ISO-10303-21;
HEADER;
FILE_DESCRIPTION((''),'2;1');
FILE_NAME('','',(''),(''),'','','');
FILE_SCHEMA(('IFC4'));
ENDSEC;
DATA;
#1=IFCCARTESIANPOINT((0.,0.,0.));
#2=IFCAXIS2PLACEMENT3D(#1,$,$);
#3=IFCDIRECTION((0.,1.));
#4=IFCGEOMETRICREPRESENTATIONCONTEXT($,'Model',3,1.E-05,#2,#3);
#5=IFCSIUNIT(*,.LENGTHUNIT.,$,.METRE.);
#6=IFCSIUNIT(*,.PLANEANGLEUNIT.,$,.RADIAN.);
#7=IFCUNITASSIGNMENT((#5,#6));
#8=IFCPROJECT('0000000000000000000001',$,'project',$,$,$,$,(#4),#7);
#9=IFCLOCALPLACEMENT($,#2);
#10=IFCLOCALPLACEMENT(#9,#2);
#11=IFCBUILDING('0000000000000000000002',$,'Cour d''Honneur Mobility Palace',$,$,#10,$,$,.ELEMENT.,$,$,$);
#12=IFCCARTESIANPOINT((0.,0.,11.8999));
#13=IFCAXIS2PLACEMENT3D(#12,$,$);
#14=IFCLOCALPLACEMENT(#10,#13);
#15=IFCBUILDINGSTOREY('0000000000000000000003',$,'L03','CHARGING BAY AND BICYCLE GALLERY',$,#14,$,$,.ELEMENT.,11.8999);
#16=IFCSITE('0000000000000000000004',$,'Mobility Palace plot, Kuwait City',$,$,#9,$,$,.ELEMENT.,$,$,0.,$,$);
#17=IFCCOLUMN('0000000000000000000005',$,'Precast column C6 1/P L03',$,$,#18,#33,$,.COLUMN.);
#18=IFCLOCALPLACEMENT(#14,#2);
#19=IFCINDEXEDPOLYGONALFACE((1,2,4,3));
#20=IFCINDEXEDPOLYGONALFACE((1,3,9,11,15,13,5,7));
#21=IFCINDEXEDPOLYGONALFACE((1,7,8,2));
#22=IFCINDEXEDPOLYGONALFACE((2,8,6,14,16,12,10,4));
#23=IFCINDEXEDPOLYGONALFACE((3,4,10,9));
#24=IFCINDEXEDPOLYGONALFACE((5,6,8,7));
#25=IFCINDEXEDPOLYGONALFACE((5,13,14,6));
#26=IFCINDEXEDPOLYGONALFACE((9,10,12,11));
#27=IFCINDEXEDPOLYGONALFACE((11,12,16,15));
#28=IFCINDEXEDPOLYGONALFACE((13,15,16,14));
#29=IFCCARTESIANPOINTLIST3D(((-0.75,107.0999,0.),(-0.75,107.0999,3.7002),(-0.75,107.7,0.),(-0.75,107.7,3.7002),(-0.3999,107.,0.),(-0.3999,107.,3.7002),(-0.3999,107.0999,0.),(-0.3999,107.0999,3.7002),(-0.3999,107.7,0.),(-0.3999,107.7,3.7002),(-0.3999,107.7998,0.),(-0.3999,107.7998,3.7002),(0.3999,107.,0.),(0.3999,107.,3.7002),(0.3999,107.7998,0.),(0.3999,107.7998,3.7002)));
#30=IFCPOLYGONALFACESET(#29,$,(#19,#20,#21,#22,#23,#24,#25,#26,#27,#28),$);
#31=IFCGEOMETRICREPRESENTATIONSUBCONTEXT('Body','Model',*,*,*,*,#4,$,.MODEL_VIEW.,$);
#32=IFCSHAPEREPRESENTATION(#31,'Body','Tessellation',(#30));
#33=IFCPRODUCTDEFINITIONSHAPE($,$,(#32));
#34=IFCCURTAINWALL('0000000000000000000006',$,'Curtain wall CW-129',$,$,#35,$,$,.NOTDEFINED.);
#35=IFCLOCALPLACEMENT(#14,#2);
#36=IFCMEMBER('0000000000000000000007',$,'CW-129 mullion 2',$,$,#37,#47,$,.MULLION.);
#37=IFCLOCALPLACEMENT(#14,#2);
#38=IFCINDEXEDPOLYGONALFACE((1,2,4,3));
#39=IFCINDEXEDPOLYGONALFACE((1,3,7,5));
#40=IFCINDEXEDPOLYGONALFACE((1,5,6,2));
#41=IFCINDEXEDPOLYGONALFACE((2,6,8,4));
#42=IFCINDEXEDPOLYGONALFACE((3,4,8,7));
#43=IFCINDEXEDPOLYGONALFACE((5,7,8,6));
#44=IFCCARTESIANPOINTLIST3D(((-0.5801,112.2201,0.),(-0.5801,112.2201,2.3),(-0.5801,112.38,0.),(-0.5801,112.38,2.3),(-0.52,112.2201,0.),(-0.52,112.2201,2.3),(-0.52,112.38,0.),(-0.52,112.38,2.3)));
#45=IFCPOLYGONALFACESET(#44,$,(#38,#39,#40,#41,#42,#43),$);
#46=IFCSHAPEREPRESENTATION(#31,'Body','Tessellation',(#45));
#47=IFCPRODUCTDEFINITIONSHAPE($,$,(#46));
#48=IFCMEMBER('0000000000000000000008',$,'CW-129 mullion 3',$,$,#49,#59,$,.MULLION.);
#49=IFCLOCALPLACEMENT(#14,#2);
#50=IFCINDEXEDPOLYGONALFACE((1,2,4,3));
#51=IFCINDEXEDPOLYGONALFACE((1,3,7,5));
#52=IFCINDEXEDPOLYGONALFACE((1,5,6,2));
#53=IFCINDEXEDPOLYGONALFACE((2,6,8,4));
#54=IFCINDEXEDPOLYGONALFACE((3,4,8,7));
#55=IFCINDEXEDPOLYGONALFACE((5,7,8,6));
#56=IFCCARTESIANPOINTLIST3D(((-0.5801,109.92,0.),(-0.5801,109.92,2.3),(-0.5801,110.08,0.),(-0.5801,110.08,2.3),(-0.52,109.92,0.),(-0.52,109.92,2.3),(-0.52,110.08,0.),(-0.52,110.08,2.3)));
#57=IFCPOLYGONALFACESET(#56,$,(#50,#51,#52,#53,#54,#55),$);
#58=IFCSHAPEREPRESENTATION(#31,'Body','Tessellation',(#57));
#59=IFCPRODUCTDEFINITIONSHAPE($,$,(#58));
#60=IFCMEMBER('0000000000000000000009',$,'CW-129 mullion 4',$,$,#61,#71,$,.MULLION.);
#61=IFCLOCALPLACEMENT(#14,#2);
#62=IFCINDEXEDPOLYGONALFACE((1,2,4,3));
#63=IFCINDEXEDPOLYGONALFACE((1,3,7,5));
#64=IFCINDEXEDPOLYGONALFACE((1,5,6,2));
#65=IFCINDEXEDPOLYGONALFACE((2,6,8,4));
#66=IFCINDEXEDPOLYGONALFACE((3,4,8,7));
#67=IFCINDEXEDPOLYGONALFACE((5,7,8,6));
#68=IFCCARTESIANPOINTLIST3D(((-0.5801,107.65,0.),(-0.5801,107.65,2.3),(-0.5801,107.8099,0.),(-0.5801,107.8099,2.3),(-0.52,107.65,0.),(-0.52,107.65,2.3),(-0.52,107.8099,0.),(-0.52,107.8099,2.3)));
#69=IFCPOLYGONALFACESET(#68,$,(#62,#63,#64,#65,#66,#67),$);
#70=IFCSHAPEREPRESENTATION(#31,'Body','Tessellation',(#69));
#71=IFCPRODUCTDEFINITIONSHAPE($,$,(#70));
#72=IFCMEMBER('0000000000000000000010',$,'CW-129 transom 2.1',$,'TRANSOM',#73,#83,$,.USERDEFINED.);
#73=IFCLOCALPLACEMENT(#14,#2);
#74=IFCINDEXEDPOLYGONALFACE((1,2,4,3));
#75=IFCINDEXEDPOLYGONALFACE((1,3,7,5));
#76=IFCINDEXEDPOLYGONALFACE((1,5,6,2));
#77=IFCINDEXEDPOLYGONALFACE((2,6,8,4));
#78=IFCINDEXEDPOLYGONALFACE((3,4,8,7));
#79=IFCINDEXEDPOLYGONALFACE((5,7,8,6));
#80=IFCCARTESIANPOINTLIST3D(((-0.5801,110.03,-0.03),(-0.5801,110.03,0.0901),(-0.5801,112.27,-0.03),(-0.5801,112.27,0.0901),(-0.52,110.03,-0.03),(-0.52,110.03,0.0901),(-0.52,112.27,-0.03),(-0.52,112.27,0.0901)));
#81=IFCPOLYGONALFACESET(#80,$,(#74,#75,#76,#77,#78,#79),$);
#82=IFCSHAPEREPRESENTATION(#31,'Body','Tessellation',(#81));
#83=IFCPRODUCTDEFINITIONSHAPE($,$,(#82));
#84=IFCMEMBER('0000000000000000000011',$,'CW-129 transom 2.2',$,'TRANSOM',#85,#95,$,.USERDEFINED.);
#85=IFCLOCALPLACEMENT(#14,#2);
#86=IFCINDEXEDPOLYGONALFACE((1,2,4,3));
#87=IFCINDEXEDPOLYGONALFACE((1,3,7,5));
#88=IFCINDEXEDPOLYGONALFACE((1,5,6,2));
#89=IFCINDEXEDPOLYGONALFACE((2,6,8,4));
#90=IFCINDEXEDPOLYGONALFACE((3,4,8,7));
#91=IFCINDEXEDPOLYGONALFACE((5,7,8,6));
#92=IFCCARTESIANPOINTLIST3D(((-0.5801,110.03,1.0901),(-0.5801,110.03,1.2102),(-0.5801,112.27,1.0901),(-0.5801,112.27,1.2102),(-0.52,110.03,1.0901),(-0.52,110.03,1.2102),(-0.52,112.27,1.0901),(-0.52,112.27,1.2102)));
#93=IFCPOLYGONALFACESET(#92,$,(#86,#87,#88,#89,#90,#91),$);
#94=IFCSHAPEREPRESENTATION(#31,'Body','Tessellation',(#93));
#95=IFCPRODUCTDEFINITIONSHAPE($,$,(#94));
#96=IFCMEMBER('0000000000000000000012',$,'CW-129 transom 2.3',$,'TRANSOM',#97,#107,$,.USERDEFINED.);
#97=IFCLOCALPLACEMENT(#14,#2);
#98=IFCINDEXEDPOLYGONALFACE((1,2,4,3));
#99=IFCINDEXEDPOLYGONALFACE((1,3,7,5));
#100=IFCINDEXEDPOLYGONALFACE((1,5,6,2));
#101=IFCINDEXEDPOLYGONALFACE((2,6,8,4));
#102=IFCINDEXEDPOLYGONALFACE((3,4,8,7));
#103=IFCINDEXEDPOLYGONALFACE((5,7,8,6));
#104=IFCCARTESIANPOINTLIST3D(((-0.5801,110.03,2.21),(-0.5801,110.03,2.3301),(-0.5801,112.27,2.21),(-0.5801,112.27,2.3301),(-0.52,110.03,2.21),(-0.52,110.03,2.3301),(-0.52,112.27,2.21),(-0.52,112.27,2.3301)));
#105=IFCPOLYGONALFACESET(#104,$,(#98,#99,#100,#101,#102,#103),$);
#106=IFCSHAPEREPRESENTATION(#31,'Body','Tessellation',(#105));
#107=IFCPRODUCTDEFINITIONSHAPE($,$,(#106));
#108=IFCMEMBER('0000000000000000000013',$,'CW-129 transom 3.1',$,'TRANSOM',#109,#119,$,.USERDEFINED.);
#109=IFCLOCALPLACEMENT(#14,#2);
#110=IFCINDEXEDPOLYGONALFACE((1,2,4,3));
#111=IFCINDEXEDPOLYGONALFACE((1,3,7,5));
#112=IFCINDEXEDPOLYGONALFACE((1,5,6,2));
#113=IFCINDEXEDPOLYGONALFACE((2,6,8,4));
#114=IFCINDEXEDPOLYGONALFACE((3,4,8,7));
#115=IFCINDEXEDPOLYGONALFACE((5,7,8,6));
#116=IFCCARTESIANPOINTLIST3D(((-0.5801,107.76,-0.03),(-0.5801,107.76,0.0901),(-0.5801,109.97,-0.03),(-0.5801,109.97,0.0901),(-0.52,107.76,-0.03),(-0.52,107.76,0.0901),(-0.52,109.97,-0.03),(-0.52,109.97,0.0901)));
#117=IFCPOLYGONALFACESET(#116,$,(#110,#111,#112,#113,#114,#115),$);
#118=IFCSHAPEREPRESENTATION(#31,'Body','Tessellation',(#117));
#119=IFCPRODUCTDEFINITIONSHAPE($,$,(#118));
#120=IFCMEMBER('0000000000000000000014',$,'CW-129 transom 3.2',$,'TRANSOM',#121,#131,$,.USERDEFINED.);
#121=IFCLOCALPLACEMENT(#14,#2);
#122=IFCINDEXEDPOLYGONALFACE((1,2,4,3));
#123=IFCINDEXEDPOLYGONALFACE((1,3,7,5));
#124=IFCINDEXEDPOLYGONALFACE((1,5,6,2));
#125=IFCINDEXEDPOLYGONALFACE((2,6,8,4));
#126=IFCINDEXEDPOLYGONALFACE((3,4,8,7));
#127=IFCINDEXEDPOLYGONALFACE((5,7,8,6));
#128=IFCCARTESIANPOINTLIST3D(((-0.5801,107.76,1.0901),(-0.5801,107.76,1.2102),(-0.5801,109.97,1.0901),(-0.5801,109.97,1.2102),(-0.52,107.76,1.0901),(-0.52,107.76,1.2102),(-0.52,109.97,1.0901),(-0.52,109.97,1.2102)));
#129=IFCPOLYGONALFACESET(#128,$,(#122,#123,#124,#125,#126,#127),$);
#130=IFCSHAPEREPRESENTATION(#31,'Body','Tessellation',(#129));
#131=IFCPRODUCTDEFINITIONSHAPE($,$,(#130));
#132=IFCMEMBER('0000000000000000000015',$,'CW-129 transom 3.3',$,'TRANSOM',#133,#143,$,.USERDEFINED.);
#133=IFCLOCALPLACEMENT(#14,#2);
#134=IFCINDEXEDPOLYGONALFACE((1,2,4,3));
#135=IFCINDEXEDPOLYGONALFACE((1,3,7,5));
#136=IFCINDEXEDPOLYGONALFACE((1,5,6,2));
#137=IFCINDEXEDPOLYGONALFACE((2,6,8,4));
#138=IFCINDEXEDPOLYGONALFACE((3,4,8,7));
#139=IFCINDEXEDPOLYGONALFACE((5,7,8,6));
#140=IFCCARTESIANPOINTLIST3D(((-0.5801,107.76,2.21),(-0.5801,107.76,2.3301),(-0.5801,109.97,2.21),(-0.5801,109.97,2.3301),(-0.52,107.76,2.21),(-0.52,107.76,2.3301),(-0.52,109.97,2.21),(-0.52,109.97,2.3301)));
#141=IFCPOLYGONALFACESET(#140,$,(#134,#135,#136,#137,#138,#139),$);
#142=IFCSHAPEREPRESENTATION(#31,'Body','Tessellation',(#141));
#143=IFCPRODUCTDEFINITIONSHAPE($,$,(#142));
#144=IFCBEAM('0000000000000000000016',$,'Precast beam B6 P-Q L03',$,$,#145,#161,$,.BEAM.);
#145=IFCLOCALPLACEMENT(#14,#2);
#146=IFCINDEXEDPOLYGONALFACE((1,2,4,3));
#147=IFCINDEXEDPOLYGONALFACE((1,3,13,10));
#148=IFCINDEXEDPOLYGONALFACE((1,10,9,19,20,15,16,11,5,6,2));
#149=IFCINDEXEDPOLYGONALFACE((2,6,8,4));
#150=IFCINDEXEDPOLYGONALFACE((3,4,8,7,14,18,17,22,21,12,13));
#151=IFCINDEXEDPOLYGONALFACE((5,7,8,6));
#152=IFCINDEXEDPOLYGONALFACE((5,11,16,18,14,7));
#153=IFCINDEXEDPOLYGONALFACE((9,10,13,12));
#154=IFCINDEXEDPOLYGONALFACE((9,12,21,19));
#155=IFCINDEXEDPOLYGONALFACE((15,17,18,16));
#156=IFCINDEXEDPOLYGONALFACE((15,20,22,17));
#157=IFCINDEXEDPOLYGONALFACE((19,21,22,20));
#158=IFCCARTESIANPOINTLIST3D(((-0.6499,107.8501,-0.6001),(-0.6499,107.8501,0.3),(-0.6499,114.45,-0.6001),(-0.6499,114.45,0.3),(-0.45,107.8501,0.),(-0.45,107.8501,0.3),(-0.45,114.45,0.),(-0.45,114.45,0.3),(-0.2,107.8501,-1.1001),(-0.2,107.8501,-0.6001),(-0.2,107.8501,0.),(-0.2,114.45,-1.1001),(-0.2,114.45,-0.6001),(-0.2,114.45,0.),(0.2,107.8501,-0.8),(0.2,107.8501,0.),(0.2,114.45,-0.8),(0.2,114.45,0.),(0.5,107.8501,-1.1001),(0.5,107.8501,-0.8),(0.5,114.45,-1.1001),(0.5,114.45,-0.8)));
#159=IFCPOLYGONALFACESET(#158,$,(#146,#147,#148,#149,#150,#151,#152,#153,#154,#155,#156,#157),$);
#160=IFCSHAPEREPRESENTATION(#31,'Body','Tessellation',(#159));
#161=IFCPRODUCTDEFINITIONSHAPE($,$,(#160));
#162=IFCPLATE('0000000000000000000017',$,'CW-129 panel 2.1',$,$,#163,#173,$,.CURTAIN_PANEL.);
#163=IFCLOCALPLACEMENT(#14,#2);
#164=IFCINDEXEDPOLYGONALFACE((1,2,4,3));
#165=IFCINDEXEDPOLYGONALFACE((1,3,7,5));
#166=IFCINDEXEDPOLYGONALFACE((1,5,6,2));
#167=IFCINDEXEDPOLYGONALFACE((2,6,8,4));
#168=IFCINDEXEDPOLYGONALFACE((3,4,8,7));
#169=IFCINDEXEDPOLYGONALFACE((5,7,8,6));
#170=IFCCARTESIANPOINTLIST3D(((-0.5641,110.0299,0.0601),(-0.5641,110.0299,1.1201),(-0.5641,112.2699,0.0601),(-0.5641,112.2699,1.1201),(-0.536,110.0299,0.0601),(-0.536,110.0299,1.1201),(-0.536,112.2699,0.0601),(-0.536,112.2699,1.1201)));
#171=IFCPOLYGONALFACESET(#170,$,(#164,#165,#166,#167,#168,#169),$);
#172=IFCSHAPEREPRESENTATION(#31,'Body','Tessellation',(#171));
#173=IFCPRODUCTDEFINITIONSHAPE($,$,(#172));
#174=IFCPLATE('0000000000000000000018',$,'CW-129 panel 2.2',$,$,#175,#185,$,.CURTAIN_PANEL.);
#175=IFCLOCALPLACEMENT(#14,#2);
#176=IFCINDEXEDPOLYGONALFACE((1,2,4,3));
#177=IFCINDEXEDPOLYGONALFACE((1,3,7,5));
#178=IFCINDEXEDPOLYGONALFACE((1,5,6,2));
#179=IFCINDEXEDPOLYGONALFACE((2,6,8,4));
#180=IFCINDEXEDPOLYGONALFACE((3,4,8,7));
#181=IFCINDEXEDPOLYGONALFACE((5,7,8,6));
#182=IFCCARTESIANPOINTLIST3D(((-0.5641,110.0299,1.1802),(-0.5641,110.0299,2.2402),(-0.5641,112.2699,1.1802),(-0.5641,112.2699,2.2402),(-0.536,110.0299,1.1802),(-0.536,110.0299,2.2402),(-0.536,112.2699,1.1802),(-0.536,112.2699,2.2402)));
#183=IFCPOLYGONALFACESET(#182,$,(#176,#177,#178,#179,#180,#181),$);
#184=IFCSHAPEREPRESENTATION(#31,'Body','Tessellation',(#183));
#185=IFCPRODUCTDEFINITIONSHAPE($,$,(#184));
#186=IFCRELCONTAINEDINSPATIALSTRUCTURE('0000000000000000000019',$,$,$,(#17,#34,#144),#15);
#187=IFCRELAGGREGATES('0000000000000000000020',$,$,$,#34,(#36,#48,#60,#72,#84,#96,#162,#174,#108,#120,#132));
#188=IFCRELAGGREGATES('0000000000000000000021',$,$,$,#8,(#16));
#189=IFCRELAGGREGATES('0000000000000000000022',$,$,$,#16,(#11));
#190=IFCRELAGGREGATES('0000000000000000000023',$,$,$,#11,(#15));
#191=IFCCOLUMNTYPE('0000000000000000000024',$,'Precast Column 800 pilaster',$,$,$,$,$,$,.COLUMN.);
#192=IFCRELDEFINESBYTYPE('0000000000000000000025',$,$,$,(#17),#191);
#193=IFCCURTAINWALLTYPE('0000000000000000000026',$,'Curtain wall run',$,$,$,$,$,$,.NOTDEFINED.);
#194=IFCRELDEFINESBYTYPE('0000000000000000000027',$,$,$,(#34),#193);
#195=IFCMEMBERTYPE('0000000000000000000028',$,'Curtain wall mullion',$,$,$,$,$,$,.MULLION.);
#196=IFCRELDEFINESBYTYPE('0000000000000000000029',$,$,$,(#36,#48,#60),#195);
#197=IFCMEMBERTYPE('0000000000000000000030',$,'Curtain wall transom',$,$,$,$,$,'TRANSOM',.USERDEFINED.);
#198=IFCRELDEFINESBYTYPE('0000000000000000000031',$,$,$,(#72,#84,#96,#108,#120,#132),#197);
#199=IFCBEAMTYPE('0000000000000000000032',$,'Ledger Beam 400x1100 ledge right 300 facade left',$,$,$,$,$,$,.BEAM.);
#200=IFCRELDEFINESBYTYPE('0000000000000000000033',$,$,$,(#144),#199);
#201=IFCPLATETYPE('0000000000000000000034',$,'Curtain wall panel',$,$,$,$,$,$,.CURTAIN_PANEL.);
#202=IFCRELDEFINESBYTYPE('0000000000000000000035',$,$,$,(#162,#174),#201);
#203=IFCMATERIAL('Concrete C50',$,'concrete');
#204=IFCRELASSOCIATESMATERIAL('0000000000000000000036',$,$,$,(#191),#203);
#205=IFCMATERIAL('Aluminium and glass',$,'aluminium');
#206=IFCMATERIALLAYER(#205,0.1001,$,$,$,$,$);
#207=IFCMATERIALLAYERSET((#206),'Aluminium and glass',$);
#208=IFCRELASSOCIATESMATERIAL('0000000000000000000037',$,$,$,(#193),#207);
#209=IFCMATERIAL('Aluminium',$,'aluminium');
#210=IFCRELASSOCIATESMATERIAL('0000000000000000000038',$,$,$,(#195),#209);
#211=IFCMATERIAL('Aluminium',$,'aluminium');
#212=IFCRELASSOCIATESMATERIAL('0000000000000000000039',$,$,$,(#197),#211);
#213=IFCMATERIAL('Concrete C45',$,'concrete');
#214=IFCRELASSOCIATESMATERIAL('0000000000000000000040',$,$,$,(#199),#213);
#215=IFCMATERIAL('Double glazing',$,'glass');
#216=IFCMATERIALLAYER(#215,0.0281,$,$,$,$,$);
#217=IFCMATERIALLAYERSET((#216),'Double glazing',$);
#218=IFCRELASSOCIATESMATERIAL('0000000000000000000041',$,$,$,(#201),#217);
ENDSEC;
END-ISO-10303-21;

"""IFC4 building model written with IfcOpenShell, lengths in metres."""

from ifc_helpers import new_model, si_unit, direction, frame, origin, origin_2d, place, context, subcontext, project, spatial, polyline, rectangle, outline, extrude, material, layer, layer_set, material_profile, profile_set, type_object, element, aggregate, save


model = new_model("IFC4")

# Units and contexts
model_context = context("Model", 3, precision=1e-05, world=origin(), true_north=direction((0.0, 1.0)))
body_context = subcontext(model_context, "Body", "Model", "MODEL_VIEW")
ifc_project = project(units=[si_unit("LENGTHUNIT", "METRE"), si_unit("PLANEANGLEUNIT", "RADIAN")], contexts=[model_context])

# Site, building, storey
site_placement = place(None, origin())
site = spatial("IfcSite", under=ifc_project, at=site_placement, Name="Mobility Palace plot, Kuwait City", CompositionType="ELEMENT", RefElevation=0.0)
building_placement = place(site_placement, origin())
building = spatial("IfcBuilding", under=site, at=building_placement, Name="Cour d'Honneur Mobility Palace", CompositionType="ELEMENT")
storey_placement = place(building_placement, frame((0.0, 0.0, 11.8999)))
storey = spatial("IfcBuildingStorey", under=building, at=storey_placement, Name="L03", Description="CHARGING BAY AND BICYCLE GALLERY", CompositionType="ELEMENT", Elevation=11.8999)

# Column
ifc_material_1 = material(Name="Concrete C50", Category="concrete")
ifc_material_profile_1 = material_profile(ifc_material_1, outline(polyline([(-0.3999, -0.3999), (0.3999, -0.3999), (0.3999, -0.3), (0.75, -0.3), (0.75, 0.3), (0.3999, 0.3), (0.3999, 0.3999), (-0.3999, 0.3999), (-0.3999, -0.3999)])), Name="PC C800 pilaster")
ifc_profile_set_1 = profile_set([ifc_material_profile_1], Name="Concrete C50")
column_type = type_object("IfcColumnType", Name="Precast Column 800 pilaster", PredefinedType="COLUMN", material=ifc_profile_set_1)
column_placement = place(storey_placement, frame((0.0, 107.3999, 0.0), z_axis=(0.0, 0.0, 1.0), x_axis=(-1.0, 0.0, 0.0)))
element("IfcColumn", 1, at=column_placement, inside=storey, type_object=column_type, Name="Precast column C6 1/P L03", PredefinedType="COLUMN", context=body_context, shape_type="SweptSolid", body=[
    extrude(outline(polyline([(-0.3999, -0.3999), (0.3999, -0.3999), (0.3999, -0.3), (0.75, -0.3), (0.75, 0.3), (0.3999, 0.3), (0.3999, 0.3999), (-0.3999, 0.3999), (-0.3999, -0.3999)])), origin(), (0.0, 0.0, 1.0), 3.7002),
])

# Curtain wall, members
ifc_material_2 = material(Name="Aluminium and glass", Category="aluminium")
ifc_layer_1 = layer(ifc_material_2, 0.1001)
ifc_layer_set_1 = layer_set([ifc_layer_1], Name="Aluminium and glass")
curtain_wall_type = type_object("IfcCurtainWallType", Name="Curtain wall run", PredefinedType="NOTDEFINED", material=ifc_layer_set_1)
curtain_wall_placement = place(storey_placement, origin())
curtain_wall = element("IfcCurtainWall", 2, at=curtain_wall_placement, inside=storey, type_object=curtain_wall_type, Name="Curtain wall CW-129", PredefinedType="NOTDEFINED")
ifc_material_3 = material(Name="Aluminium", Category="aluminium")
ifc_material_profile_2 = material_profile(ifc_material_3, rectangle(XDim=0.0601, YDim=0.1599, at=origin_2d()), Name="Curtain wall mullion")
ifc_profile_set_2 = profile_set([ifc_material_profile_2], Name="Aluminium")
member_type_1 = type_object("IfcMemberType", Name="Curtain wall mullion", PredefinedType="MULLION", material=ifc_profile_set_2)
member_1_placement = place(storey_placement, frame((-0.55, 112.3, 0.0), z_axis=(0.0, 0.0, 1.0), x_axis=(1.0, 0.0, 0.0)))
member_1 = element("IfcMember", 3, at=member_1_placement, type_object=member_type_1, Name="CW-129 mullion 2", PredefinedType="MULLION", context=body_context, shape_type="SweptSolid", body=[
    extrude(rectangle(XDim=0.0601, YDim=0.1599, at=origin_2d()), origin(), (0.0, 0.0, 1.0), 2.3),
])
member_2_placement = place(storey_placement, frame((-0.55, 110.0, 0.0), z_axis=(0.0, 0.0, 1.0), x_axis=(1.0, 0.0, 0.0)))
member_2 = element("IfcMember", 4, at=member_2_placement, type_object=member_type_1, Name="CW-129 mullion 3", PredefinedType="MULLION", context=body_context, shape_type="SweptSolid", body=[
    extrude(rectangle(XDim=0.0601, YDim=0.1599, at=origin_2d()), origin(), (0.0, 0.0, 1.0), 2.3),
])
member_3_placement = place(storey_placement, frame((-0.55, 107.73, 0.0), z_axis=(0.0, 0.0, 1.0), x_axis=(1.0, 0.0, 0.0)))
member_3 = element("IfcMember", 5, at=member_3_placement, type_object=member_type_1, Name="CW-129 mullion 4", PredefinedType="MULLION", context=body_context, shape_type="SweptSolid", body=[
    extrude(rectangle(XDim=0.0601, YDim=0.1599, at=origin_2d()), origin(), (0.0, 0.0, 1.0), 2.3),
])
ifc_material_4 = material(Name="Aluminium", Category="aluminium")
ifc_material_profile_3 = material_profile(ifc_material_4, rectangle(XDim=0.0601, YDim=0.1201, at=origin_2d()), Name="Curtain wall transom")
ifc_profile_set_3 = profile_set([ifc_material_profile_3], Name="Aluminium")
member_type_2 = type_object("IfcMemberType", Name="Curtain wall transom", ElementType="TRANSOM", PredefinedType="USERDEFINED", material=ifc_profile_set_3)
member_4_placement = place(storey_placement, frame((-0.55, 112.27, 0.03), z_axis=(0.0, -1.0, 0.0), x_axis=(1.0, 0.0, 0.0)))
member_4 = element("IfcMember", 6, at=member_4_placement, type_object=member_type_2, Name="CW-129 transom 2.1", ObjectType="TRANSOM", PredefinedType="USERDEFINED", context=body_context, shape_type="SweptSolid", body=[
    extrude(rectangle(XDim=0.0601, YDim=0.1201, at=origin_2d()), origin(), (0.0, 0.0, 1.0), 2.24),
])
member_5_placement = place(storey_placement, frame((-0.55, 112.27, 1.1501), z_axis=(0.0, -1.0, 0.0), x_axis=(1.0, 0.0, 0.0)))
member_5 = element("IfcMember", 7, at=member_5_placement, type_object=member_type_2, Name="CW-129 transom 2.2", ObjectType="TRANSOM", PredefinedType="USERDEFINED", context=body_context, shape_type="SweptSolid", body=[
    extrude(rectangle(XDim=0.0601, YDim=0.1201, at=origin_2d()), origin(), (0.0, 0.0, 1.0), 2.24),
])
member_6_placement = place(storey_placement, frame((-0.55, 112.27, 2.27), z_axis=(0.0, -1.0, 0.0), x_axis=(1.0, 0.0, 0.0)))
member_6 = element("IfcMember", 8, at=member_6_placement, type_object=member_type_2, Name="CW-129 transom 2.3", ObjectType="TRANSOM", PredefinedType="USERDEFINED", context=body_context, shape_type="SweptSolid", body=[
    extrude(rectangle(XDim=0.0601, YDim=0.1201, at=origin_2d()), origin(), (0.0, 0.0, 1.0), 2.24),
])
member_7_placement = place(storey_placement, frame((-0.55, 109.97, 0.03), z_axis=(0.0, -1.0, 0.0), x_axis=(1.0, 0.0, 0.0)))
member_7 = element("IfcMember", 9, at=member_7_placement, type_object=member_type_2, Name="CW-129 transom 3.1", ObjectType="TRANSOM", PredefinedType="USERDEFINED", context=body_context, shape_type="SweptSolid", body=[
    extrude(rectangle(XDim=0.0601, YDim=0.1201, at=origin_2d()), origin(), (0.0, 0.0, 1.0), 2.21),
])
member_8_placement = place(storey_placement, frame((-0.55, 109.97, 1.1501), z_axis=(0.0, -1.0, 0.0), x_axis=(1.0, 0.0, 0.0)))
member_8 = element("IfcMember", 10, at=member_8_placement, type_object=member_type_2, Name="CW-129 transom 3.2", ObjectType="TRANSOM", PredefinedType="USERDEFINED", context=body_context, shape_type="SweptSolid", body=[
    extrude(rectangle(XDim=0.0601, YDim=0.1201, at=origin_2d()), origin(), (0.0, 0.0, 1.0), 2.21),
])
member_9_placement = place(storey_placement, frame((-0.55, 109.97, 2.27), z_axis=(0.0, -1.0, 0.0), x_axis=(1.0, 0.0, 0.0)))
member_9 = element("IfcMember", 11, at=member_9_placement, type_object=member_type_2, Name="CW-129 transom 3.3", ObjectType="TRANSOM", PredefinedType="USERDEFINED", context=body_context, shape_type="SweptSolid", body=[
    extrude(rectangle(XDim=0.0601, YDim=0.1201, at=origin_2d()), origin(), (0.0, 0.0, 1.0), 2.21),
])

# Beam
ifc_material_5 = material(Name="Concrete C45", Category="concrete")
ifc_material_profile_4 = material_profile(ifc_material_5, outline(polyline([(0.2, -1.1001), (0.2, -0.6001), (0.6499, -0.6001), (0.6499, 0.3), (0.45, 0.3), (0.45, 0.0), (0.2, 0.0), (-0.2, 0.0), (-0.2, -0.8), (-0.5, -0.8), (-0.5, -1.1001), (0.2, -1.1001)])), Name="Ledger Beam 400x1100 ledge right 300 facade left")
ifc_profile_set_4 = profile_set([ifc_material_profile_4], Name="Concrete C45")
beam_type = type_object("IfcBeamType", Name="Ledger Beam 400x1100 ledge right 300 facade left", PredefinedType="BEAM", material=ifc_profile_set_4)
beam_placement = place(storey_placement, frame((0.0, 107.8501, 0.0), z_axis=(0.0, 1.0, 0.0), x_axis=(-1.0, 0.0, 0.0)))
element("IfcBeam", 12, at=beam_placement, inside=storey, type_object=beam_type, Name="Precast beam B6 P-Q L03", PredefinedType="BEAM", context=body_context, shape_type="SweptSolid", body=[
    extrude(outline(polyline([(0.2, -1.1001), (0.2, -0.6001), (0.6499, -0.6001), (0.6499, 0.3), (0.45, 0.3), (0.45, 0.0), (0.2, 0.0), (-0.2, 0.0), (-0.2, -0.8), (-0.5, -0.8), (-0.5, -1.1001), (0.2, -1.1001)])), origin(), (0.0, 0.0, 1.0), 6.5999),
])

# Plates
ifc_material_6 = material(Name="Double glazing", Category="glass")
ifc_layer_2 = layer(ifc_material_6, 0.0281)
ifc_layer_set_2 = layer_set([ifc_layer_2], Name="Double glazing")
plate_type = type_object("IfcPlateType", Name="Curtain wall panel", PredefinedType="CURTAIN_PANEL", material=ifc_layer_set_2)
plate_1_placement = place(storey_placement, frame((-0.55, 111.1499, 0.0601), z_axis=(0.0, 0.0, 1.0), x_axis=(0.0, -1.0, 0.0)))
plate_1 = element("IfcPlate", 13, at=plate_1_placement, type_object=plate_type, Name="CW-129 panel 2.1", PredefinedType="CURTAIN_PANEL", context=body_context, shape_type="SweptSolid", body=[
    extrude(rectangle(XDim=2.24, YDim=0.0281, at=origin_2d()), origin(), (0.0, 0.0, 1.0), 1.0601),
])
plate_2_placement = place(storey_placement, frame((-0.55, 111.1499, 1.1802), z_axis=(0.0, 0.0, 1.0), x_axis=(0.0, -1.0, 0.0)))
plate_2 = element("IfcPlate", 14, at=plate_2_placement, type_object=plate_type, Name="CW-129 panel 2.2", PredefinedType="CURTAIN_PANEL", context=body_context, shape_type="SweptSolid", body=[
    extrude(rectangle(XDim=2.24, YDim=0.0281, at=origin_2d()), origin(), (0.0, 0.0, 1.0), 1.0601),
])
aggregate(curtain_wall, [member_1, member_2, member_3, member_4, member_5, member_6, plate_1, plate_2, member_7, member_8, member_9])

save(model, "model.ifc")
